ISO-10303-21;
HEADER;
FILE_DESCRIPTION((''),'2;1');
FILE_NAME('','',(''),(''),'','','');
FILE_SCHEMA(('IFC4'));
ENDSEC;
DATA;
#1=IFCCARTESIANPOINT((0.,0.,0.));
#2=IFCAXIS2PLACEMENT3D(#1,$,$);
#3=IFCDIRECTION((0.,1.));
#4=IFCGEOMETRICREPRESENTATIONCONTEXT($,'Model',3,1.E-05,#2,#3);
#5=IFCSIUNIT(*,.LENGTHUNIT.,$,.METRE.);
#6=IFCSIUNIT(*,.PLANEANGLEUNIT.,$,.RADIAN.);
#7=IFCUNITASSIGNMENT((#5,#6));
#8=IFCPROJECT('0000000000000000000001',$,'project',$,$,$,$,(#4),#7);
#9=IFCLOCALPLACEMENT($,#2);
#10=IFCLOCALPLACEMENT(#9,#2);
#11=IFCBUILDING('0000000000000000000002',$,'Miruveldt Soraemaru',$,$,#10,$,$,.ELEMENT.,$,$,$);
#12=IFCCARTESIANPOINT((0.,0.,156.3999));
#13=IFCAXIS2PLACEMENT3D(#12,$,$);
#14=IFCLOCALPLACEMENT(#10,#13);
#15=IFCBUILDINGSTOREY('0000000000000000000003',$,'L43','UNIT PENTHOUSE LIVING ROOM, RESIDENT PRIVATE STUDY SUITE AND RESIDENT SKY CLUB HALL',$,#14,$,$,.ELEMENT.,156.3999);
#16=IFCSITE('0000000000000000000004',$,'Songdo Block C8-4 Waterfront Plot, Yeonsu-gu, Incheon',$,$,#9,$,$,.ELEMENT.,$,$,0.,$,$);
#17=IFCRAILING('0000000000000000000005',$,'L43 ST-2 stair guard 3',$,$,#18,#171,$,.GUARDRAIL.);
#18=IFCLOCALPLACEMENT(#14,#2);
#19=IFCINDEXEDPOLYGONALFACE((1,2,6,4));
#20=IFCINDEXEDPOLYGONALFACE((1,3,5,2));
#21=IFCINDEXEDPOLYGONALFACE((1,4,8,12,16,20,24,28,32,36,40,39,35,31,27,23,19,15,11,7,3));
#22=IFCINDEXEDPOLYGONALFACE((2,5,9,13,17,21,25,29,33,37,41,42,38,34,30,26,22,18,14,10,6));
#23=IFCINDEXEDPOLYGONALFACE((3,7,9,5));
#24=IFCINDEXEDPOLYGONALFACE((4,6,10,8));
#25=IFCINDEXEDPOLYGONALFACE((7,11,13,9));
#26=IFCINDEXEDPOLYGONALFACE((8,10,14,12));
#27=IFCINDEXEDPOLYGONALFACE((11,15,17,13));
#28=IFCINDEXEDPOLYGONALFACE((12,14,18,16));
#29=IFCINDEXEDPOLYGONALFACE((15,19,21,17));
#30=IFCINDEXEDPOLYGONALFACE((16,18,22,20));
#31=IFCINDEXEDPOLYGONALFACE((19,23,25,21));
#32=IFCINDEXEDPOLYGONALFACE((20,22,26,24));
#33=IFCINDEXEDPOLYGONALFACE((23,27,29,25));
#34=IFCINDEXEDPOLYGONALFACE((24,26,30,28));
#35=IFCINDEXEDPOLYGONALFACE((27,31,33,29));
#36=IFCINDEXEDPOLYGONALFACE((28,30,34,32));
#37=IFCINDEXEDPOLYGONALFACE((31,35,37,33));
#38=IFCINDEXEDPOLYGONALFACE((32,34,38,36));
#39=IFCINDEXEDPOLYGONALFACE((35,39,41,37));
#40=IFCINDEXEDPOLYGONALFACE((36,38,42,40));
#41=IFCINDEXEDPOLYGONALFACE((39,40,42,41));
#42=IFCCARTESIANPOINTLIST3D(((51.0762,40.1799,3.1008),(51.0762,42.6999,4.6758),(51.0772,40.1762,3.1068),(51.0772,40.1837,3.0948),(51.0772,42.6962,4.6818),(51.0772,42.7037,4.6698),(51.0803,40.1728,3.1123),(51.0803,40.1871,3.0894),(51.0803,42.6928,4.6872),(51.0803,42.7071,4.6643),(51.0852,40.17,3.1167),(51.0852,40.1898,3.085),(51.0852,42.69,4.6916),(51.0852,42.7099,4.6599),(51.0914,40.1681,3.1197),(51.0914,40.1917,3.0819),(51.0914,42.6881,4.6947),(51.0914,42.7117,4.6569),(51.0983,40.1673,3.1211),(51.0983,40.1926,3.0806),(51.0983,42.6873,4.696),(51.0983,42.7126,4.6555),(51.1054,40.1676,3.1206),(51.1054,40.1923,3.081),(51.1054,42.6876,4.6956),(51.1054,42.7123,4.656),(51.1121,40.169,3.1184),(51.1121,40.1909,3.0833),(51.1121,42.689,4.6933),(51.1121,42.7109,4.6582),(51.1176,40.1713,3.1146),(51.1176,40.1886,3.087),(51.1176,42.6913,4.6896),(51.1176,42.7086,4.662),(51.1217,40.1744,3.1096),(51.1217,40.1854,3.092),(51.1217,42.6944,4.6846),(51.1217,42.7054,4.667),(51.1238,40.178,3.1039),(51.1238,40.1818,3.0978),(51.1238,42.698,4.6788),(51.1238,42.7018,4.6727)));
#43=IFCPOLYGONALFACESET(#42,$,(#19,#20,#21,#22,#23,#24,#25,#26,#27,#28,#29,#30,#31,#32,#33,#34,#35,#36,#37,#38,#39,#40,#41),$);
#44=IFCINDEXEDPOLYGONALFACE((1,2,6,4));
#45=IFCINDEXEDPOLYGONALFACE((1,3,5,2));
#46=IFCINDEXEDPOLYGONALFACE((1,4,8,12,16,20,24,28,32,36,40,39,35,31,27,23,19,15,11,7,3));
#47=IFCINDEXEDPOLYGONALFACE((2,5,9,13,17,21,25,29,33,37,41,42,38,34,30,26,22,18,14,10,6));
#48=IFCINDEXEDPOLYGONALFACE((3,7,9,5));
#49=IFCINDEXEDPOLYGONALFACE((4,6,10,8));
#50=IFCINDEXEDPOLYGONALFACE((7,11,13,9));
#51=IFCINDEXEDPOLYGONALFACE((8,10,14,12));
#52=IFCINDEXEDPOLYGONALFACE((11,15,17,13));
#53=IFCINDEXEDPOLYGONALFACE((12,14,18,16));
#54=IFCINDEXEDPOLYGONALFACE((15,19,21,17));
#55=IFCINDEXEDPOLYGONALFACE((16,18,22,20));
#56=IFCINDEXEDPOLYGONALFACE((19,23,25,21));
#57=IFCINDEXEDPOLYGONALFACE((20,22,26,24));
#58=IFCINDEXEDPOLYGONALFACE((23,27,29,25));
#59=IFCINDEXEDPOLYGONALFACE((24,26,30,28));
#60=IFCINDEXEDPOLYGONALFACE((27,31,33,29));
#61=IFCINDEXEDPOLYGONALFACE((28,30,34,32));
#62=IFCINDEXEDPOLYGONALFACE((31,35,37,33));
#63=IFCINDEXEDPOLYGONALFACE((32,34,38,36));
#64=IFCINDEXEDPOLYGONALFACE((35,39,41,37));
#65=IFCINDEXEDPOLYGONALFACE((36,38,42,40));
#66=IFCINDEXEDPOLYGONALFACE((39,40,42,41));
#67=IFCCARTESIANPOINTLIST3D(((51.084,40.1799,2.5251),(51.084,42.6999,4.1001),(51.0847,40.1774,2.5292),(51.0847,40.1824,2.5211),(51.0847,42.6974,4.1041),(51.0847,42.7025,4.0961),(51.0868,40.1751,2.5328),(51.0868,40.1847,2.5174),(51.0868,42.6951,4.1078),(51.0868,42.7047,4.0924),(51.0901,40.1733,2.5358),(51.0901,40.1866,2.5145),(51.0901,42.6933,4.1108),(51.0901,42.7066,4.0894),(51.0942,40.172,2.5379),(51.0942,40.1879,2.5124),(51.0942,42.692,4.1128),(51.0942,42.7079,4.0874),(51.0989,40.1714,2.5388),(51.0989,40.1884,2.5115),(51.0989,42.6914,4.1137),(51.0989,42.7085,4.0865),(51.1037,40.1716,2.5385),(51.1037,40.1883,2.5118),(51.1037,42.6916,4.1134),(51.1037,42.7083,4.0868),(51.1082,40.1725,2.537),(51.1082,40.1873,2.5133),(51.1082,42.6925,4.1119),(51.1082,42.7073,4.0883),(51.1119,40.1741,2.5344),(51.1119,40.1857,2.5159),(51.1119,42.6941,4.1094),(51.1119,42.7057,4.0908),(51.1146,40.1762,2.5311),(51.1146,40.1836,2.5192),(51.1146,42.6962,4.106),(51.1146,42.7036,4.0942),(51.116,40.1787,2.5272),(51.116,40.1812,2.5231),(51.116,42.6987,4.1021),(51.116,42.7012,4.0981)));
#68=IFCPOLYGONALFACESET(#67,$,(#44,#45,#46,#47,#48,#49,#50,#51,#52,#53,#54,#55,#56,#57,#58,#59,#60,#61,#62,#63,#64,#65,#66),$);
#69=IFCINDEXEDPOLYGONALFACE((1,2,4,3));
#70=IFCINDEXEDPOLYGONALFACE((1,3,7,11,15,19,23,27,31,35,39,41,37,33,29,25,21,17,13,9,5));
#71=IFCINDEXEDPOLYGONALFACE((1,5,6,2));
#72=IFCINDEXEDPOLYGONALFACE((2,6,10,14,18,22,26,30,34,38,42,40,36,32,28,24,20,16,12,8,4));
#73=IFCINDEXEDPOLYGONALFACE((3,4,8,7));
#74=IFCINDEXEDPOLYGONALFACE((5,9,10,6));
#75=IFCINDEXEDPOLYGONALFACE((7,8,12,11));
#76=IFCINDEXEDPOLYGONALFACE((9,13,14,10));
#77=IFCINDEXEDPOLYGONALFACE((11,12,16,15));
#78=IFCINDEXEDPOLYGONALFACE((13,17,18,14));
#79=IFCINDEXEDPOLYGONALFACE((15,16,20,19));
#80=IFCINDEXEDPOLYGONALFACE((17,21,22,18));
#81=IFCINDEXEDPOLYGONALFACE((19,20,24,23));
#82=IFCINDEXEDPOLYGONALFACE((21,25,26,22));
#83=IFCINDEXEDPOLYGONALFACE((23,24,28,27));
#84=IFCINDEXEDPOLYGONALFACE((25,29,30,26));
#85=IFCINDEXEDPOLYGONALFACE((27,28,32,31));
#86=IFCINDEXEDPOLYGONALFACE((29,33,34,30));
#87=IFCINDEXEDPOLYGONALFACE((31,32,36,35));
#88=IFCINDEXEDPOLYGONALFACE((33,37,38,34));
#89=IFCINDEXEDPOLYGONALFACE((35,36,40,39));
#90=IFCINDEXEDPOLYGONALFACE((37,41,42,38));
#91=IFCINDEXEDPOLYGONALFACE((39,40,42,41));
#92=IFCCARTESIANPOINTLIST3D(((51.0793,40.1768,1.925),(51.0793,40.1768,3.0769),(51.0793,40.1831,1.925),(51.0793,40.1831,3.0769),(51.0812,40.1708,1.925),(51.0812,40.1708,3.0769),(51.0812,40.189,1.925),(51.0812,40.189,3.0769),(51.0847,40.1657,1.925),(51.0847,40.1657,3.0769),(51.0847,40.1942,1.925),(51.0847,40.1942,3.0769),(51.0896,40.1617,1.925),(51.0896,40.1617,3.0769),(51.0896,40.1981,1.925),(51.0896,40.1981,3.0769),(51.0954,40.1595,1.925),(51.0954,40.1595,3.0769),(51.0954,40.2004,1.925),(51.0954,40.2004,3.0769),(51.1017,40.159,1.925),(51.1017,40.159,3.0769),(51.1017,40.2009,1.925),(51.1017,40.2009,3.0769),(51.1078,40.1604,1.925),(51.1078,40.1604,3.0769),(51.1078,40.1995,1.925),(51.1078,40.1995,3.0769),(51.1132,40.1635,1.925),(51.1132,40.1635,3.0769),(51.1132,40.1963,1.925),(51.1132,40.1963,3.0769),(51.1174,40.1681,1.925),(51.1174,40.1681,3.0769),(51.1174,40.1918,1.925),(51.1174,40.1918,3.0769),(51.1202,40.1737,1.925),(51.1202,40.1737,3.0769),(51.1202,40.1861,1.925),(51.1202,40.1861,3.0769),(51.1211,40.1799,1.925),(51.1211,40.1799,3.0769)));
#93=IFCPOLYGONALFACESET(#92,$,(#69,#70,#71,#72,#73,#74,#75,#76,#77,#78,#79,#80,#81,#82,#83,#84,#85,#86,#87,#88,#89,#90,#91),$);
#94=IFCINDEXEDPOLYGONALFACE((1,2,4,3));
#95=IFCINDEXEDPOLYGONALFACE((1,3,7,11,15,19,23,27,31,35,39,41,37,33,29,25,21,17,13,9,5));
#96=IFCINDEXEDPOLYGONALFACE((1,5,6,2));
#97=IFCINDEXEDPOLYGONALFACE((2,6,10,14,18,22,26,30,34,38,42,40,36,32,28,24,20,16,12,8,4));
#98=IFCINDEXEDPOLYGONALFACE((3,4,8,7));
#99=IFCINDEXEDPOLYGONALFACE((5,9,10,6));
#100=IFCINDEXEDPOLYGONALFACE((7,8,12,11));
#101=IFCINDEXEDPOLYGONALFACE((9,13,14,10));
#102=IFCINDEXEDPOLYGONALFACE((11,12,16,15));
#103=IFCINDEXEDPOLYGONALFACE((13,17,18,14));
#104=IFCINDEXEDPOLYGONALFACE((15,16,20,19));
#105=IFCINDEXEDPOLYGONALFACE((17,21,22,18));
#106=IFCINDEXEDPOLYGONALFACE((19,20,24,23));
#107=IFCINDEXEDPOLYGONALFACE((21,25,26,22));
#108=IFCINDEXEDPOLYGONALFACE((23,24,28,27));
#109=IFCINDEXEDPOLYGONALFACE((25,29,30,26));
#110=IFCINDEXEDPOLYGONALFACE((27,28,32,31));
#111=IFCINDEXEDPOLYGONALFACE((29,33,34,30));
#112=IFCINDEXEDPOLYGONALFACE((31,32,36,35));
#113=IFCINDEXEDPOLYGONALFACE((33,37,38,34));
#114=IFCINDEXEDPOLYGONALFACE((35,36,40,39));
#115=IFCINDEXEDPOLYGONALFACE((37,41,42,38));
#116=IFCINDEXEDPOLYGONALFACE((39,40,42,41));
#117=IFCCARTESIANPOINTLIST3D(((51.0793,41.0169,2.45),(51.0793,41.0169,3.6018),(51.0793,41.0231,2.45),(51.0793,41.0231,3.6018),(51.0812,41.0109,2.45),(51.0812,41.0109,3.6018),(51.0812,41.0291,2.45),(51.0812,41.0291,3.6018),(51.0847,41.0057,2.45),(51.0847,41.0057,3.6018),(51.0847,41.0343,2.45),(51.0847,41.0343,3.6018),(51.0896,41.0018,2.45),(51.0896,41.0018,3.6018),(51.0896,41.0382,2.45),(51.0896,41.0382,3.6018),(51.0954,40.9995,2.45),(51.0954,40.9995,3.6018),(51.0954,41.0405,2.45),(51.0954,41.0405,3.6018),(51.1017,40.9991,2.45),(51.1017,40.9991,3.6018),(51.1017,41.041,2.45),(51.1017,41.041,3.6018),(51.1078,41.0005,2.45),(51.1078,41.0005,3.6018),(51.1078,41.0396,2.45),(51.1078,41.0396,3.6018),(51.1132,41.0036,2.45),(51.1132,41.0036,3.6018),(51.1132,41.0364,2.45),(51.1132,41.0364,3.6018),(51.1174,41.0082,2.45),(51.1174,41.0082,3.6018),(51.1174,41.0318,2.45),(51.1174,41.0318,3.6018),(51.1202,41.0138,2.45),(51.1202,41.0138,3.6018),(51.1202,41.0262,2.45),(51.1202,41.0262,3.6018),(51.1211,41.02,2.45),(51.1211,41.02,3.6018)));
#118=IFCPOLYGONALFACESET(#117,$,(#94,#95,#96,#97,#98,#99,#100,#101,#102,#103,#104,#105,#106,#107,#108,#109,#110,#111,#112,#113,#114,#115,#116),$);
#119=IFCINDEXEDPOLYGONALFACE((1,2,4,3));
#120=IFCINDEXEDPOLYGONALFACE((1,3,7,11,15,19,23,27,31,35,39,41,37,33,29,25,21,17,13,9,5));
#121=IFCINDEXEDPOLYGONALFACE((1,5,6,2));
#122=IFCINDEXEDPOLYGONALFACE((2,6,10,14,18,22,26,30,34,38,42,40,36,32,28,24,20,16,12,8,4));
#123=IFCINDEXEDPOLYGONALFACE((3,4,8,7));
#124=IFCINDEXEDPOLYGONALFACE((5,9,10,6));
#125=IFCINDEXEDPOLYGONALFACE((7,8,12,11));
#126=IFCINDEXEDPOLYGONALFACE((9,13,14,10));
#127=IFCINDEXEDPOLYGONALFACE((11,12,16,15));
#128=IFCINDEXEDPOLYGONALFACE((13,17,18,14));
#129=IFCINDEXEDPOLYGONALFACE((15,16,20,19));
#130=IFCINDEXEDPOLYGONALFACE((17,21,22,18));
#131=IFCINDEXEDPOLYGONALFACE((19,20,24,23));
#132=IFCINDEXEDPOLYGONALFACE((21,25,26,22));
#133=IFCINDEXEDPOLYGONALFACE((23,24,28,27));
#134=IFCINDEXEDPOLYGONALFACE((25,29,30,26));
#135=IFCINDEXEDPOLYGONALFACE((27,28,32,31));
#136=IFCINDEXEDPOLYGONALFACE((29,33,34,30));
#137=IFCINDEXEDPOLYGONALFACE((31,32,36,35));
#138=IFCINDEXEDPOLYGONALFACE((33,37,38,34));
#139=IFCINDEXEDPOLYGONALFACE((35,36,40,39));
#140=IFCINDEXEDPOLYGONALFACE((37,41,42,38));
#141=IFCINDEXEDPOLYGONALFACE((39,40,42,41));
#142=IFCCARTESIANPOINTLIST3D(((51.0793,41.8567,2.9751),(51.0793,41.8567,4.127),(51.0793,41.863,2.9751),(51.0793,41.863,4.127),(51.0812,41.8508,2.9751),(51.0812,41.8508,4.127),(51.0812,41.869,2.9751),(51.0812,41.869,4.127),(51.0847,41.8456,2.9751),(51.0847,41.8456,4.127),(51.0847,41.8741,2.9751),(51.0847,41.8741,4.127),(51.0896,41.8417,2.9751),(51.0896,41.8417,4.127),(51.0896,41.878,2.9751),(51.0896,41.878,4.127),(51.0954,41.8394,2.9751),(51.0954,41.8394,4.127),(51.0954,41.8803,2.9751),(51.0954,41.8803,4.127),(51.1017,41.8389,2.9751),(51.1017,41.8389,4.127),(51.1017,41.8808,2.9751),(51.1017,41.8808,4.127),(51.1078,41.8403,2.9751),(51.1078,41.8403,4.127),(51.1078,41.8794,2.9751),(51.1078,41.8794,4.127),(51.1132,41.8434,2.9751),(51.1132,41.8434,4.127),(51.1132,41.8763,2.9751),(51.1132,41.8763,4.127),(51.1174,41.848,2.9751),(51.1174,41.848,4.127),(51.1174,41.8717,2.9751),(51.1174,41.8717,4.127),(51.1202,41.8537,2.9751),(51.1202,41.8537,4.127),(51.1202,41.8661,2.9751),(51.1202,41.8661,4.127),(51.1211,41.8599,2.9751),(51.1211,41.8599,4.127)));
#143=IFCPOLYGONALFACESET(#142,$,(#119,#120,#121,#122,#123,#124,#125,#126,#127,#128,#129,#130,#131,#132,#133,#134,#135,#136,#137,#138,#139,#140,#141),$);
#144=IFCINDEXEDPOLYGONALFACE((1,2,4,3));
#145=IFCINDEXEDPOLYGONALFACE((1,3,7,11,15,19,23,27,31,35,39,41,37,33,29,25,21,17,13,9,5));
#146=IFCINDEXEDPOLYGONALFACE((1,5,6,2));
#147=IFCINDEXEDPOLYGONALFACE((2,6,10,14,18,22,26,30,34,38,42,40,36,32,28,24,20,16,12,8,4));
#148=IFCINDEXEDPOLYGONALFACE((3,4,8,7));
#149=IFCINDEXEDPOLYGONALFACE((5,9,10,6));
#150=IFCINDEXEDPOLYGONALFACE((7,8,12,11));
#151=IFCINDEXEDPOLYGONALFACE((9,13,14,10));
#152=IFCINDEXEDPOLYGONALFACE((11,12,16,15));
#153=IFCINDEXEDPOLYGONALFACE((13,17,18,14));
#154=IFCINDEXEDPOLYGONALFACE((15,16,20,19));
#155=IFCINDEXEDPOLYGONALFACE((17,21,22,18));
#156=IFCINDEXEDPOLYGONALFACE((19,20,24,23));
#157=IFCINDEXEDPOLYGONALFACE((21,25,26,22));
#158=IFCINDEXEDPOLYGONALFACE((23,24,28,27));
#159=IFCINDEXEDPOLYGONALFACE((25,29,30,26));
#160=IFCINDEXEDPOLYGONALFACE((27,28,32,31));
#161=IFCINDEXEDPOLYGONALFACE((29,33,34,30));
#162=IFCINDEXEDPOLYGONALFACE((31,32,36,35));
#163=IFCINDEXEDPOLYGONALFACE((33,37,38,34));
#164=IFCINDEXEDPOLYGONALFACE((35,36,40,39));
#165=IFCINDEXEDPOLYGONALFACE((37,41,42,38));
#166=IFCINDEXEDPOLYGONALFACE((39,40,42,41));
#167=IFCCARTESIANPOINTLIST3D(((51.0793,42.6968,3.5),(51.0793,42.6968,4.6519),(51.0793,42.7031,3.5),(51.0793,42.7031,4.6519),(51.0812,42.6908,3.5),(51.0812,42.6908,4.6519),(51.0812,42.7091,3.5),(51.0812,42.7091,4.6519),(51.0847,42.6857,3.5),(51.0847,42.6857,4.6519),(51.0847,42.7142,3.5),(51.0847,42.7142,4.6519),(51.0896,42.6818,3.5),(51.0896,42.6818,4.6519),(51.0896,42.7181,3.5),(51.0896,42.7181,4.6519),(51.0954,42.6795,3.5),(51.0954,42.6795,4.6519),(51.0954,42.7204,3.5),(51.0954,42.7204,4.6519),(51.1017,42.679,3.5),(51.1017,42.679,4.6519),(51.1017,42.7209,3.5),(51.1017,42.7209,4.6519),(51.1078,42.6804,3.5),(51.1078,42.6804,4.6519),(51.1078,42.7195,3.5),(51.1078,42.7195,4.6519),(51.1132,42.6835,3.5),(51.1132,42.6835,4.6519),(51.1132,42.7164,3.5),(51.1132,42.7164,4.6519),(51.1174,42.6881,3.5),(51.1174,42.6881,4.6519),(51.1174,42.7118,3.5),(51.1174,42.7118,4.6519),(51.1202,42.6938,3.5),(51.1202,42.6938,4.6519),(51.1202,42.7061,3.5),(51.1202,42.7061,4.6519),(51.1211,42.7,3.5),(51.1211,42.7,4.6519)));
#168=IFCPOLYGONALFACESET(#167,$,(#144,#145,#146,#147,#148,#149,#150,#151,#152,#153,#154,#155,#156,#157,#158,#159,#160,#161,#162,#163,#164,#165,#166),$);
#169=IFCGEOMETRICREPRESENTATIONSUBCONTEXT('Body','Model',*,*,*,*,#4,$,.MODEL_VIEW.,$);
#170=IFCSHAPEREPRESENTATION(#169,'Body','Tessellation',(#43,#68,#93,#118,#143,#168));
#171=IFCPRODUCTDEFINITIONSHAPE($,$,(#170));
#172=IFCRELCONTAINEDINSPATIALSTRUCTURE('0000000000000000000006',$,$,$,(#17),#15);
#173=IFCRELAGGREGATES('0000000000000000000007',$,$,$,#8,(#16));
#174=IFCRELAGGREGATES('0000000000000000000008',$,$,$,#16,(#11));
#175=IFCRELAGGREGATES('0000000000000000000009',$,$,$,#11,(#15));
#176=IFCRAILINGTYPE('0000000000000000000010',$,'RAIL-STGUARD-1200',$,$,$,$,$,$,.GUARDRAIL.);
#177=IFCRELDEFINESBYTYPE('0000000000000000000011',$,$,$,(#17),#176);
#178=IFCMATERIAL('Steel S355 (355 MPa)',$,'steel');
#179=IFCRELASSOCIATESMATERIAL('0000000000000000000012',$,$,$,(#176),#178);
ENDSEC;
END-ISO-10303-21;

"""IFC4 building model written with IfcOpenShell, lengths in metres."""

from ifc_helpers import new_model, si_unit, direction, frame, origin, origin_2d, place, context, subcontext, project, spatial, circle, extrude, material, type_object, element, save


model = new_model("IFC4")

# Units and contexts
model_context = context("Model", 3, precision=1e-05, world=origin(), true_north=direction((0.0, 1.0)))
body_context = subcontext(model_context, "Body", "Model", "MODEL_VIEW")
ifc_project = project(units=[si_unit("LENGTHUNIT", "METRE"), si_unit("PLANEANGLEUNIT", "RADIAN")], contexts=[model_context])

# Site, building, storey
site_placement = place(None, origin())
site = spatial("IfcSite", under=ifc_project, at=site_placement, Name="Songdo Block C8-4 Waterfront Plot, Yeonsu-gu, Incheon", CompositionType="ELEMENT", RefElevation=0.0)
building_placement = place(site_placement, origin())
building = spatial("IfcBuilding", under=site, at=building_placement, Name="Miruveldt Soraemaru", CompositionType="ELEMENT")
storey_placement = place(building_placement, frame((0.0, 0.0, 156.3999)))
storey = spatial("IfcBuildingStorey", under=building, at=storey_placement, Name="L43", Description="UNIT PENTHOUSE LIVING ROOM, RESIDENT PRIVATE STUDY SUITE AND RESIDENT SKY CLUB HALL", CompositionType="ELEMENT", Elevation=156.3999)

# Railing
ifc_material_1 = material(Name="Steel S355 (355 MPa)", Category="steel")
railing_type = type_object("IfcRailingType", Name="RAIL-STGUARD-1200", PredefinedType="GUARDRAIL", material=ifc_material_1)
railing_1_placement = place(storey_placement, frame((51.1001, 40.1799, 1.925)))
element("IfcRailing", 1, at=railing_1_placement, inside=storey, type_object=railing_type, Name="L43 ST-2 stair guard 3", PredefinedType="GUARDRAIL", context=body_context, shape_type="SweptSolid", body=[
    extrude(circle(Radius=0.0239, at=origin_2d()), frame((0.0, 0.0, 1.1758), z_axis=(0.0, 0.848008, 0.529984), x_axis=(-1.0, 0.0, 0.0)), (0.0, 0.0, 1.0), 2.9717),
    extrude(circle(Radius=0.0161, at=origin_2d()), frame((0.0, 0.0, 0.6001), z_axis=(0.0, 0.848008, 0.529984), x_axis=(-1.0, 0.0, 0.0)), (0.0, 0.0, 1.0), 2.9717),
    extrude(circle(Radius=0.021, at=origin_2d()), origin(), (0.0, 0.0, 1.0), 1.1519),
    extrude(circle(Radius=0.021, at=origin_2d()), frame((0.0, 0.8401, 0.5249)), (0.0, 0.0, 1.0), 1.1519),
    extrude(circle(Radius=0.021, at=origin_2d()), frame((0.0, 1.6799, 1.05)), (0.0, 0.0, 1.0), 1.1519),
    extrude(circle(Radius=0.021, at=origin_2d()), frame((0.0, 2.52, 1.575)), (0.0, 0.0, 1.0), 1.1519),
])

save(model, "model.ifc")
